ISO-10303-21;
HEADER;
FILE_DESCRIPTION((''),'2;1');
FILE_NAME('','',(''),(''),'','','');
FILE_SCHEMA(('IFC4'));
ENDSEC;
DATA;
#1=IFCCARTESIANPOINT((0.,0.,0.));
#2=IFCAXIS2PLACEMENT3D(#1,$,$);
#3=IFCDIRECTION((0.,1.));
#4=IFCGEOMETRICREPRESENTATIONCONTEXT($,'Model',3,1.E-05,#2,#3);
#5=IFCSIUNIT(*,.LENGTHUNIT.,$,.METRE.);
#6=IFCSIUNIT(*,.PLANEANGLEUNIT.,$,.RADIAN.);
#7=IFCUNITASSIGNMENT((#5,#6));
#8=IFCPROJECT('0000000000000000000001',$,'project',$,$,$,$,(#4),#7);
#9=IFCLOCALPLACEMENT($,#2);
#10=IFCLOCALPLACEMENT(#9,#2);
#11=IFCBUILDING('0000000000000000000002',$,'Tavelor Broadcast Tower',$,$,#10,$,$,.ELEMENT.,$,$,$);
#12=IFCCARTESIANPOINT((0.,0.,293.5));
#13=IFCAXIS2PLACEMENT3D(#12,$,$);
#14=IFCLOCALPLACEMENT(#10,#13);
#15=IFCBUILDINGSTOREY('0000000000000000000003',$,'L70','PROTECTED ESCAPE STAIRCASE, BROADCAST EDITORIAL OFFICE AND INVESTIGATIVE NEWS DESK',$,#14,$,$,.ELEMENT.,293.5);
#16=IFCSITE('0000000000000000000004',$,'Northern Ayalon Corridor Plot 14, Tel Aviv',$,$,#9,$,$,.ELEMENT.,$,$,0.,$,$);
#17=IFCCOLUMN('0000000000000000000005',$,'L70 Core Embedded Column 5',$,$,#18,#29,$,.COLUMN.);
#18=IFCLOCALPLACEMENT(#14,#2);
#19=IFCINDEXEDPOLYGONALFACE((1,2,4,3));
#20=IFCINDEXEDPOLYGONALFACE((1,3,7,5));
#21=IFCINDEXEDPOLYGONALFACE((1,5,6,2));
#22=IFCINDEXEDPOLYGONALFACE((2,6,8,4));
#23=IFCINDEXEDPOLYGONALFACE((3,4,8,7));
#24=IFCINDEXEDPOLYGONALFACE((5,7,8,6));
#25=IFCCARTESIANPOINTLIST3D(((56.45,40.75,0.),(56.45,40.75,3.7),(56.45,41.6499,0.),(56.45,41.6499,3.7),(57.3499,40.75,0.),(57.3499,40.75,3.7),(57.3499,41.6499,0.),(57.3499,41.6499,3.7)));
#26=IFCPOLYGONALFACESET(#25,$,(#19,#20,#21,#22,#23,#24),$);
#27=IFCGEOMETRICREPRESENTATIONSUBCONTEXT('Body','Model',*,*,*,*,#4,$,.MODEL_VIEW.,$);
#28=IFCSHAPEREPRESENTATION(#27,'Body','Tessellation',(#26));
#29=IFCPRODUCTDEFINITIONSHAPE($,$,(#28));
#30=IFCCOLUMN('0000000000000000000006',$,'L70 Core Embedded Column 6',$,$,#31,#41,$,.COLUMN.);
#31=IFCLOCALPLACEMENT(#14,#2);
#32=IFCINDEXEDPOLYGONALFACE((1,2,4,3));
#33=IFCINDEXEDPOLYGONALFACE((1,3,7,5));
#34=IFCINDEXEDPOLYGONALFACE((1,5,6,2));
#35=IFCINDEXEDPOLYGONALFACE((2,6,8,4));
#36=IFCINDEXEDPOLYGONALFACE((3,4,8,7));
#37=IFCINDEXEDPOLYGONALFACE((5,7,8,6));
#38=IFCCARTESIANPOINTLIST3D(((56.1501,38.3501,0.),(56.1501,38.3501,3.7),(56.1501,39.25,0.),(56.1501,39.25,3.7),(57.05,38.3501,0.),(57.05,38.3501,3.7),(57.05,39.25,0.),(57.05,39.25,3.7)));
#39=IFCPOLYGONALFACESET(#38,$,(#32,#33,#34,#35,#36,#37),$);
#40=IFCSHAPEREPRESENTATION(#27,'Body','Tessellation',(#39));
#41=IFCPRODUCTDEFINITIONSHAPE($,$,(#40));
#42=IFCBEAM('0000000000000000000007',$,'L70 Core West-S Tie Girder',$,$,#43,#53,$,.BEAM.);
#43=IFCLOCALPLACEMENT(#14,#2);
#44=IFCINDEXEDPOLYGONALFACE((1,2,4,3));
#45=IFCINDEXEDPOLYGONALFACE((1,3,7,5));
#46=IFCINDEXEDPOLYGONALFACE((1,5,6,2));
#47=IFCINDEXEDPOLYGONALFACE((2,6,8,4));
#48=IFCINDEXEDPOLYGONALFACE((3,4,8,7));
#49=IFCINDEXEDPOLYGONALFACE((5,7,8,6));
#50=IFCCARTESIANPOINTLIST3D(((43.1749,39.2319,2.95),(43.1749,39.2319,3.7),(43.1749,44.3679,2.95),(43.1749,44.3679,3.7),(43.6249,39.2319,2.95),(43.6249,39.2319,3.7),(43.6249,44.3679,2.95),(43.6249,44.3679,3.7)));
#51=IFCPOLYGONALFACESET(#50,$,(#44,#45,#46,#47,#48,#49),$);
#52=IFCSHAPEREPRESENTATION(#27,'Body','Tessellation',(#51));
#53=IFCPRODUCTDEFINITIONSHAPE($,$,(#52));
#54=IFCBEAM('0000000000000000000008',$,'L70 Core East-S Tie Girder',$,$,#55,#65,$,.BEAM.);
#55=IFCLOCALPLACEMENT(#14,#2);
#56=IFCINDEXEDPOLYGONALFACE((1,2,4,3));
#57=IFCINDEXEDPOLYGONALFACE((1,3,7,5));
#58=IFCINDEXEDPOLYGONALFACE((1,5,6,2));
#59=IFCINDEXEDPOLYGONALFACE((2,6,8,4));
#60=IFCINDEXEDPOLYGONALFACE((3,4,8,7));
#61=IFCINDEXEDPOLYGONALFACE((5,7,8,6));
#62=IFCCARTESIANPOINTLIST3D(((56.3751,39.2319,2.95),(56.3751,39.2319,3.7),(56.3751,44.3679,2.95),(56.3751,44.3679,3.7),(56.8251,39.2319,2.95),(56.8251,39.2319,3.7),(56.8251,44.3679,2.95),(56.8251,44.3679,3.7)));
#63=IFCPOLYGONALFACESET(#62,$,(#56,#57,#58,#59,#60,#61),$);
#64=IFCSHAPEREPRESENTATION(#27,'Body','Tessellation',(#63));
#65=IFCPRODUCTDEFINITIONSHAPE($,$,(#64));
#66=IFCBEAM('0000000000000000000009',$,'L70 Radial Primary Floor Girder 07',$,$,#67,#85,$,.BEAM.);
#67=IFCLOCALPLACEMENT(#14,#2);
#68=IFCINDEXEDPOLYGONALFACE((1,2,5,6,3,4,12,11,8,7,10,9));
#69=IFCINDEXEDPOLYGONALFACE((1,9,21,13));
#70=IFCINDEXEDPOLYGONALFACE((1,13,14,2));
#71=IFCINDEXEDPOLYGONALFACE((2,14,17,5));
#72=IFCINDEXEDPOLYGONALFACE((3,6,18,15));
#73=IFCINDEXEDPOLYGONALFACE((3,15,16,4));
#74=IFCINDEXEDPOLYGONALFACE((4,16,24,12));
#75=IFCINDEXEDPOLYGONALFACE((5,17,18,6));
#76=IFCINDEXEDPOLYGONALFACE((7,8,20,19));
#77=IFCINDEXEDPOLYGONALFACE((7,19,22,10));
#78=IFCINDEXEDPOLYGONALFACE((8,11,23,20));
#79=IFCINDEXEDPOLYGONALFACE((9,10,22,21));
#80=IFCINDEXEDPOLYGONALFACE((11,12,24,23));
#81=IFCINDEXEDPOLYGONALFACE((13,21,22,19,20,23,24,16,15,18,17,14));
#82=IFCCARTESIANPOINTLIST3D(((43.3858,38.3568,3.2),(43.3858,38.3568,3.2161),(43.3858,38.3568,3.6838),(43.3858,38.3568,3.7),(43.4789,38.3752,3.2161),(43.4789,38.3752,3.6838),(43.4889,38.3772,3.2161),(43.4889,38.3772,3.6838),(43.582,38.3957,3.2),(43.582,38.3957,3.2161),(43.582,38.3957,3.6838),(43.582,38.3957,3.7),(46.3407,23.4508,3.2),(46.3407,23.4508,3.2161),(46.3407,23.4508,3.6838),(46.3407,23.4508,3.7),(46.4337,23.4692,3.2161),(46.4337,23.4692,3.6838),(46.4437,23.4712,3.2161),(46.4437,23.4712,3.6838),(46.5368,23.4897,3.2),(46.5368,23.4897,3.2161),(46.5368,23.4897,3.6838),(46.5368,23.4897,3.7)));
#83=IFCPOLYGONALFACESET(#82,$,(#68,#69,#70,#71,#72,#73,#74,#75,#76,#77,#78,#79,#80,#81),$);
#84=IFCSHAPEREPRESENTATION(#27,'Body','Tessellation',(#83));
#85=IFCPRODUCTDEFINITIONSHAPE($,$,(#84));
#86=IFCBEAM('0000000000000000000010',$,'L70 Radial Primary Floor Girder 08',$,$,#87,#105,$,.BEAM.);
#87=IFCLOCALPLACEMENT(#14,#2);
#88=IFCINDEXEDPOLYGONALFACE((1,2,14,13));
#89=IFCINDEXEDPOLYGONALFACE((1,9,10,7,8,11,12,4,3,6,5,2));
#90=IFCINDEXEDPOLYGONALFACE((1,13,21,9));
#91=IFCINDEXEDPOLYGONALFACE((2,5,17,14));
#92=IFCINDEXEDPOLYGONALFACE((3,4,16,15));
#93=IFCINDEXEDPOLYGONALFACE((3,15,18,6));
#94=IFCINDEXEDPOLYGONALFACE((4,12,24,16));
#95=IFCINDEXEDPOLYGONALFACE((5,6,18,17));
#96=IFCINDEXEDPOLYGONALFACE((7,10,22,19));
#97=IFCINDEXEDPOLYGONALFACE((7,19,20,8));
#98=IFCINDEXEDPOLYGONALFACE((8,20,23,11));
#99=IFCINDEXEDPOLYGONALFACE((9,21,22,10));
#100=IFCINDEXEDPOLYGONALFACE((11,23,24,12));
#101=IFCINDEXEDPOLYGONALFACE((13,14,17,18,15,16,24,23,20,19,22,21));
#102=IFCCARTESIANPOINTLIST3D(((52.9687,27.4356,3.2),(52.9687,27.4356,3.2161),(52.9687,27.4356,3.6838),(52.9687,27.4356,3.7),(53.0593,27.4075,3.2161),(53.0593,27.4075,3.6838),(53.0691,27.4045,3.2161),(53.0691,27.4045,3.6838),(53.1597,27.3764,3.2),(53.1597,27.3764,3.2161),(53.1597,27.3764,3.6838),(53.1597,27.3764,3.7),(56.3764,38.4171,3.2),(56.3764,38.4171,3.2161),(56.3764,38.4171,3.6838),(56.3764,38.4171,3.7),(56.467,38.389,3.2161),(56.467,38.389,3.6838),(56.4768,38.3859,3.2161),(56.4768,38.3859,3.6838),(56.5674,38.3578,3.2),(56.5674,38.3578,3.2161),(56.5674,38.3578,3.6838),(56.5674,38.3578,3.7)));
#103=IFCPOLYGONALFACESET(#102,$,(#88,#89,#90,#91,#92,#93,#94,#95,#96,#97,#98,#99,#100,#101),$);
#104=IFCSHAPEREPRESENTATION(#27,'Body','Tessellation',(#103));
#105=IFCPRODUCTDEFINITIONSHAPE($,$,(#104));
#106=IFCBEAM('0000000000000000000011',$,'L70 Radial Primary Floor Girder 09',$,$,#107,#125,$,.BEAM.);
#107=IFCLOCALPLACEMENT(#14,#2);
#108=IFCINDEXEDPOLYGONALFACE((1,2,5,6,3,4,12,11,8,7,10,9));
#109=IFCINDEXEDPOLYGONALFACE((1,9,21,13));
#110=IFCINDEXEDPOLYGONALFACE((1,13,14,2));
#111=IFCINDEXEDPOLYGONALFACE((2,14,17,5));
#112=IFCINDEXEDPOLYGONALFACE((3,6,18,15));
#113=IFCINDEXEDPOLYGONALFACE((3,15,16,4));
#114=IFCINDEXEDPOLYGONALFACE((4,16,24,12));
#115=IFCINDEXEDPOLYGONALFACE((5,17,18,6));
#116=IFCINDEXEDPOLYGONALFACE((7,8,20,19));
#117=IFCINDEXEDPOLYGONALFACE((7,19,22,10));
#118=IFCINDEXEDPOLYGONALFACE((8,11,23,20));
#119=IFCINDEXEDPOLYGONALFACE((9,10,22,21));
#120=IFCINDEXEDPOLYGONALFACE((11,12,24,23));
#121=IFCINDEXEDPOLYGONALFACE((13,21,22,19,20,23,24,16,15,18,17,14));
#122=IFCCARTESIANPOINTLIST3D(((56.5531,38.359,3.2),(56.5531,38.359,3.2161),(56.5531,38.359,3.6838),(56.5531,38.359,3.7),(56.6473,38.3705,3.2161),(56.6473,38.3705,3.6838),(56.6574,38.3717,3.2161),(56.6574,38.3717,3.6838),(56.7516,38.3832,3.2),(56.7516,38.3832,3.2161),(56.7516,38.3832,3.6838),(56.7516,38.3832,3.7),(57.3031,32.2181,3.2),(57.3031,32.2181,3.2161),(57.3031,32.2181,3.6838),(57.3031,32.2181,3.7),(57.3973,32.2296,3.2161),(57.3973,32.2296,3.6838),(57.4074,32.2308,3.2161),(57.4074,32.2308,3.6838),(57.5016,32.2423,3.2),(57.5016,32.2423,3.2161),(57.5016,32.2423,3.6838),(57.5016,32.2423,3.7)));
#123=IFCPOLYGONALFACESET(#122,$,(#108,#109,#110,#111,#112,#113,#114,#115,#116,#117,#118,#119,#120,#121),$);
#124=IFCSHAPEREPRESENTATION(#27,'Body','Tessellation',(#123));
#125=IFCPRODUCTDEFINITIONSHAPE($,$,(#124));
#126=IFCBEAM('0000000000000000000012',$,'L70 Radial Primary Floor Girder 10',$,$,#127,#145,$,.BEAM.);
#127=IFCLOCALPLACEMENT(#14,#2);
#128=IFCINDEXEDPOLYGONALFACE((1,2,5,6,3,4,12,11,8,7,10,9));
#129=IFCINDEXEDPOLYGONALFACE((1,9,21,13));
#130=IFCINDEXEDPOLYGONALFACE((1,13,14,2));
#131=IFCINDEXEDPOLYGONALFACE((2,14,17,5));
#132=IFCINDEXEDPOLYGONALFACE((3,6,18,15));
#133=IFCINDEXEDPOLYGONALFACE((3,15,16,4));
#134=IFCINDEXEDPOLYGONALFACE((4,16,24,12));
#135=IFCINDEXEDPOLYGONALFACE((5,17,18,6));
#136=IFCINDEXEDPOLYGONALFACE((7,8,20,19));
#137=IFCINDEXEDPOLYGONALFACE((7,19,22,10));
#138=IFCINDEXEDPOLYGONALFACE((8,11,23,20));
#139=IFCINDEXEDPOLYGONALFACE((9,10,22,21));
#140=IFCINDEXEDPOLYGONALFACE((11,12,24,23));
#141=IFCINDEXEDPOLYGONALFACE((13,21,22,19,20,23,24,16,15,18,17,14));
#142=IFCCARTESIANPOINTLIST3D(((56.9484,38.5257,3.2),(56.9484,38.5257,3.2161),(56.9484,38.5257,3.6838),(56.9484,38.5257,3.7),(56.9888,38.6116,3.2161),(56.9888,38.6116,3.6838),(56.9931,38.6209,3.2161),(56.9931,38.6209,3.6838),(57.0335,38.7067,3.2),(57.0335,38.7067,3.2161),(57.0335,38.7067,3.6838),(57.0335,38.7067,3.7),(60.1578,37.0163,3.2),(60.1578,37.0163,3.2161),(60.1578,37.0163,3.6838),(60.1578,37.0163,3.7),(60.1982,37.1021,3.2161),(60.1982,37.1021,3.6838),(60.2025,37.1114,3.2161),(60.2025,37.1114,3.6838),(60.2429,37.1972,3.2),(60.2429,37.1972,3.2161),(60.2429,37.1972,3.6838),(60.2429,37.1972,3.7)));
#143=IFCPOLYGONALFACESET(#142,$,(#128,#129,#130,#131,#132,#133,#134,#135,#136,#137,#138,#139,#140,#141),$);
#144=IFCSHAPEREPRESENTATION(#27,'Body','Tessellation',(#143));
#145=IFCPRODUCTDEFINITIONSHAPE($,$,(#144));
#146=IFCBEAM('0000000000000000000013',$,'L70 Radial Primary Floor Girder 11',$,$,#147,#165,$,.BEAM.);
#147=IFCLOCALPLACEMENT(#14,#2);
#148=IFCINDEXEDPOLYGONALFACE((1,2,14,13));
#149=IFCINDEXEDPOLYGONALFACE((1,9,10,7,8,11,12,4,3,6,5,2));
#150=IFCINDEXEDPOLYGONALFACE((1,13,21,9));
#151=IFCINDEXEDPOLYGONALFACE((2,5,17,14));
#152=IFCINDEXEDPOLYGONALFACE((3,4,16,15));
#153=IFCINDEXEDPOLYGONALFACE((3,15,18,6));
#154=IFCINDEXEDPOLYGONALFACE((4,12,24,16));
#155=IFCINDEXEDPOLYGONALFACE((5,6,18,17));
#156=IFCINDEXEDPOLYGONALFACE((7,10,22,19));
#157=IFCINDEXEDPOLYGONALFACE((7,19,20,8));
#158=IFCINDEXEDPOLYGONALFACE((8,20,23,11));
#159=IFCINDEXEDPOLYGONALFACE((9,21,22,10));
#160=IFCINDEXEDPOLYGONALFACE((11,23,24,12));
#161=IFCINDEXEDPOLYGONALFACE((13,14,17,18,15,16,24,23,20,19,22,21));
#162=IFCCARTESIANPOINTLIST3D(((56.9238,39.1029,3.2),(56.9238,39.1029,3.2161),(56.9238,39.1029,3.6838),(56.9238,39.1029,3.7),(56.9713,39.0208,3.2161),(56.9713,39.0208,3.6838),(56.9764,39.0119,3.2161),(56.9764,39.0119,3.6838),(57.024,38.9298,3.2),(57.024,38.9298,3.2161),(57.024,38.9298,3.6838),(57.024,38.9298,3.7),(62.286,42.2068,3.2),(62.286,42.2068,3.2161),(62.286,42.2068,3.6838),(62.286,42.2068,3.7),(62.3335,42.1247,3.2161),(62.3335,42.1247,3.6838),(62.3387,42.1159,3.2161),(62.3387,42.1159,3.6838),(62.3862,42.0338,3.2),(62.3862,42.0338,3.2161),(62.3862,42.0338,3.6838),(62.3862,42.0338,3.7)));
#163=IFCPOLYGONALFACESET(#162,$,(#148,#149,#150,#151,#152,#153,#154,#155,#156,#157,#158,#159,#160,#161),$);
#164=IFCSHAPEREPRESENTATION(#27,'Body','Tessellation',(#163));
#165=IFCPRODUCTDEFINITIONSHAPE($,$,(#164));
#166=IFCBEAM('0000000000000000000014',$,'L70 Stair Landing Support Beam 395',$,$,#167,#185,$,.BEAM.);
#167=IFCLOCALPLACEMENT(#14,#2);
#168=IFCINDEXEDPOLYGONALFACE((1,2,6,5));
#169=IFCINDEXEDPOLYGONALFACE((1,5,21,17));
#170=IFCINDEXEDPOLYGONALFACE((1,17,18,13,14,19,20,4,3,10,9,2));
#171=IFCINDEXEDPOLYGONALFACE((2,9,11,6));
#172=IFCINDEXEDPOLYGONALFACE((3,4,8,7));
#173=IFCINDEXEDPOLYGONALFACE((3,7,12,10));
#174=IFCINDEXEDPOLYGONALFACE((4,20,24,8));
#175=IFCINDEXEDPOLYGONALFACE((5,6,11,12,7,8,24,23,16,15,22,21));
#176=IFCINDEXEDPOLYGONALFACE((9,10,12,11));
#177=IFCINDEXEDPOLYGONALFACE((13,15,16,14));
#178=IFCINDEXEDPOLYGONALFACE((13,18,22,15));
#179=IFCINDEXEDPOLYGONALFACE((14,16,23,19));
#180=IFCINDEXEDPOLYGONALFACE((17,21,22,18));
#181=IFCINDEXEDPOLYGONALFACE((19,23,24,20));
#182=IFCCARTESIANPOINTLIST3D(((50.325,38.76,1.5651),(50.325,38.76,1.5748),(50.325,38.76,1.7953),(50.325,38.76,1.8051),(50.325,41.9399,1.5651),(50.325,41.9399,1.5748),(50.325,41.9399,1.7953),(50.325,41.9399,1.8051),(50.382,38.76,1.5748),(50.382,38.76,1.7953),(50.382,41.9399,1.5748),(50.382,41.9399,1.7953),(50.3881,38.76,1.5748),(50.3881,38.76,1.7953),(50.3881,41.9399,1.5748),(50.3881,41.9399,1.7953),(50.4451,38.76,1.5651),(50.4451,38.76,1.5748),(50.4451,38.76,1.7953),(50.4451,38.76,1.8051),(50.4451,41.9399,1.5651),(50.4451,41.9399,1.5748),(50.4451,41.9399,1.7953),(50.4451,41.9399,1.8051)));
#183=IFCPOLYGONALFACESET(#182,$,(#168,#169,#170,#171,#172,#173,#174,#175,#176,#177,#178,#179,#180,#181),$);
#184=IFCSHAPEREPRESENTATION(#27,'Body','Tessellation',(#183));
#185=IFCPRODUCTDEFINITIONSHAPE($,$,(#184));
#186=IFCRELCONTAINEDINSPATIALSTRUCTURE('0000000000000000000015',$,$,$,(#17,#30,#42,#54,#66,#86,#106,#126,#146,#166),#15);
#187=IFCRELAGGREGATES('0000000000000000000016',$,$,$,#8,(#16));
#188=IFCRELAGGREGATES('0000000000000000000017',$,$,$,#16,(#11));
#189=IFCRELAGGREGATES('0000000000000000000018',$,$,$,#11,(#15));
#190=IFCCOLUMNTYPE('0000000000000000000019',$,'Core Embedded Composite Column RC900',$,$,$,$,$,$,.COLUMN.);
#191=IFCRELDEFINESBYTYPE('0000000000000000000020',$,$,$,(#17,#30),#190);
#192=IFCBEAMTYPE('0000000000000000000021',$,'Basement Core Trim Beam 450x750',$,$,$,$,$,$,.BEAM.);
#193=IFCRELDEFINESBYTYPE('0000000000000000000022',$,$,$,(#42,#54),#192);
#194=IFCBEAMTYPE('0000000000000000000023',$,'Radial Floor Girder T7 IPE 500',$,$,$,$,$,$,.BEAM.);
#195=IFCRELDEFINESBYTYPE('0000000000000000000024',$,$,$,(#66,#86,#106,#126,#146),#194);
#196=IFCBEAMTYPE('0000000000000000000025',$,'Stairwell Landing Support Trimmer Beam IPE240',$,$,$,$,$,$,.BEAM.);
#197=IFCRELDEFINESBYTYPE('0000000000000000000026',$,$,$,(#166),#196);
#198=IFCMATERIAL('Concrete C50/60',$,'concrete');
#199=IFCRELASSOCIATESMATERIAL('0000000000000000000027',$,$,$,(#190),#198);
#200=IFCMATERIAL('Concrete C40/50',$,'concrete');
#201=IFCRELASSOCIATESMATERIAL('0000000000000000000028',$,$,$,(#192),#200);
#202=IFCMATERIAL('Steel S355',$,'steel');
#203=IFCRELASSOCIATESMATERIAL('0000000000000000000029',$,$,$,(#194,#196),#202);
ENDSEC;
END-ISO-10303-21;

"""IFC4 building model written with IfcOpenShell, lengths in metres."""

from ifc_helpers import new_model, si_unit, direction, frame, origin, origin_2d, place, context, subcontext, project, spatial, rectangle, i_section, extrude, material, material_profile, profile_set, type_object, element, save


model = new_model("IFC4")

# Units and contexts
model_context = context("Model", 3, precision=1e-05, world=origin(), true_north=direction((0.0, 1.0)))
body_context = subcontext(model_context, "Body", "Model", "MODEL_VIEW")
ifc_project = project(units=[si_unit("LENGTHUNIT", "METRE"), si_unit("PLANEANGLEUNIT", "RADIAN")], contexts=[model_context])

# Site, building, storey
site_placement = place(None, origin())
site = spatial("IfcSite", under=ifc_project, at=site_placement, Name="Northern Ayalon Corridor Plot 14, Tel Aviv", CompositionType="ELEMENT", RefElevation=0.0)
building_placement = place(site_placement, origin())
building = spatial("IfcBuilding", under=site, at=building_placement, Name="Tavelor Broadcast Tower", CompositionType="ELEMENT")
storey_placement = place(building_placement, frame((0.0, 0.0, 293.5)))
storey = spatial("IfcBuildingStorey", under=building, at=storey_placement, Name="L70", Description="PROTECTED ESCAPE STAIRCASE, BROADCAST EDITORIAL OFFICE AND INVESTIGATIVE NEWS DESK", CompositionType="ELEMENT", Elevation=293.5)

# Columns
ifc_material_1 = material(Name="Concrete C50/60", Category="concrete")
ifc_material_profile_1 = material_profile(ifc_material_1, rectangle(XDim=0.8999, YDim=0.8999, at=origin_2d()), Name="RC 900x900")
ifc_profile_set_1 = profile_set([ifc_material_profile_1], Name="Concrete C50/60")
column_type = type_object("IfcColumnType", Name="Core Embedded Composite Column RC900", PredefinedType="COLUMN", material=ifc_profile_set_1)
for number, where, z_axis, x_axis, name in (
    (1, (56.8999, 41.2, 0.0), (0.0, 0.0, 1.0), (1.0, 0.0, 0.0), "L70 Core Embedded Column 5"),
    (2, (56.6001, 38.8, 0.0), (0.0, 0.0, 1.0), (1.0, 0.0, 0.0), "L70 Core Embedded Column 6"),
):
    element("IfcColumn", number, at=place(storey_placement, frame(where, z_axis=z_axis, x_axis=x_axis)), inside=storey, type_object=column_type, Name=name, PredefinedType="COLUMN", context=body_context, shape_type="SweptSolid", body=[
        extrude(rectangle(XDim=0.8999, YDim=0.8999, at=origin_2d()), origin(), (0.0, 0.0, 1.0), 3.7),
    ])

# Beams
ifc_material_2 = material(Name="Concrete C40/50", Category="concrete")
ifc_material_profile_2 = material_profile(ifc_material_2, rectangle(XDim=0.45, YDim=0.75, at=origin_2d()), Name="RC 450x750")
ifc_profile_set_2 = profile_set([ifc_material_profile_2], Name="Concrete C40/50")
beam_type_1 = type_object("IfcBeamType", Name="Basement Core Trim Beam 450x750", PredefinedType="BEAM", material=ifc_profile_set_2)
for number, where, z_axis, x_axis, name in (
    (3, (43.3999, 39.2319, 3.325), (0.0, 1.0, 0.0), (-1.0, 0.0, 0.0), "L70 Core West-S Tie Girder"),
    (4, (56.6001, 39.2319, 3.325), (0.0, 1.0, 0.0), (-1.0, 0.0, 0.0), "L70 Core East-S Tie Girder"),
):
    element("IfcBeam", number, at=place(storey_placement, frame(where, z_axis=z_axis, x_axis=x_axis)), inside=storey, type_object=beam_type_1, Name=name, PredefinedType="BEAM", context=body_context, shape_type="SweptSolid", body=[
        extrude(rectangle(XDim=0.45, YDim=0.75, at=origin_2d()), origin(), (0.0, 0.0, 1.0), 5.136),
    ])
ifc_material_3 = material(Name="Steel S355", Category="steel")
ifc_material_profile_3 = material_profile(ifc_material_3, i_section(OverallWidth=0.2, OverallDepth=0.5, WebThickness=0.0103, FlangeThickness=0.0161, at=origin_2d()), Name="IPE 500")
ifc_profile_set_3 = profile_set([ifc_material_profile_3], Name="Steel S355")
beam_type_2 = type_object("IfcBeamType", Name="Radial Floor Girder T7 IPE 500", PredefinedType="BEAM", material=ifc_profile_set_3)
beam_1_placement = place(storey_placement, frame((43.4839, 38.3762, 3.45), z_axis=(0.194447, -0.980913, 0.0), x_axis=(0.980913, 0.194447, 0.0)))
element("IfcBeam", 5, at=beam_1_placement, inside=storey, type_object=beam_type_2, Name="L70 Radial Primary Floor Girder 07", PredefinedType="BEAM", context=body_context, shape_type="SweptSolid", body=[
    extrude(i_section(OverallWidth=0.2, OverallDepth=0.5, WebThickness=0.0103, FlangeThickness=0.0161, at=origin_2d()), origin(), (0.0, 0.0, 1.0), 15.196),
])
beam_2_placement = place(storey_placement, frame((56.4719, 38.3875, 3.45), z_axis=(-0.296374, -0.955072, 0.0), x_axis=(0.955072, -0.296374, 0.0)))
element("IfcBeam", 6, at=beam_2_placement, inside=storey, type_object=beam_type_2, Name="L70 Radial Primary Floor Girder 08", PredefinedType="BEAM", context=body_context, shape_type="SweptSolid", body=[
    extrude(i_section(OverallWidth=0.2, OverallDepth=0.5, WebThickness=0.0103, FlangeThickness=0.0161, at=origin_2d()), origin(), (0.0, 0.0, 1.0), 11.498),
])
beam_3_placement = place(storey_placement, frame((56.6523, 38.3711, 3.45), z_axis=(0.121232, -0.992624, 0.0), x_axis=(0.992624, 0.121232, 0.0)))
element("IfcBeam", 7, at=beam_3_placement, inside=storey, type_object=beam_type_2, Name="L70 Radial Primary Floor Girder 09", PredefinedType="BEAM", context=body_context, shape_type="SweptSolid", body=[
    extrude(i_section(OverallWidth=0.2, OverallDepth=0.5, WebThickness=0.0103, FlangeThickness=0.0161, at=origin_2d()), origin(), (0.0, 0.0, 1.0), 6.1865),
])
beam_4_placement = place(storey_placement, frame((56.991, 38.6162, 3.45), z_axis=(0.904908, -0.425608, 0.0), x_axis=(0.425608, 0.904908, 0.0)))
element("IfcBeam", 8, at=beam_4_placement, inside=storey, type_object=beam_type_2, Name="L70 Radial Primary Floor Girder 10", PredefinedType="BEAM", context=body_context, shape_type="SweptSolid", body=[
    extrude(i_section(OverallWidth=0.2, OverallDepth=0.5, WebThickness=0.0103, FlangeThickness=0.0161, at=origin_2d()), origin(), (0.0, 0.0, 1.0), 3.5466),
])
beam_5_placement = place(storey_placement, frame((56.9739, 39.0164, 3.45), z_axis=(0.86546, 0.500977, 0.0), x_axis=(-0.500977, 0.86546, 0.0)))
element("IfcBeam", 9, at=beam_5_placement, inside=storey, type_object=beam_type_2, Name="L70 Radial Primary Floor Girder 11", PredefinedType="BEAM", context=body_context, shape_type="SweptSolid", body=[
    extrude(i_section(OverallWidth=0.2, OverallDepth=0.5, WebThickness=0.0103, FlangeThickness=0.0161, at=origin_2d()), origin(), (0.0, 0.0, 1.0), 6.1958),
])
ifc_material_profile_4 = material_profile(ifc_material_3, i_section(OverallWidth=0.1201, OverallDepth=0.24, WebThickness=0.0061, FlangeThickness=0.0098, at=origin_2d()), Name="IPE 240")
ifc_profile_set_4 = profile_set([ifc_material_profile_4], Name="Steel S355")
beam_type_3 = type_object("IfcBeamType", Name="Stairwell Landing Support Trimmer Beam IPE240", PredefinedType="BEAM", material=ifc_profile_set_4)
for number, where, z_axis, x_axis, name in (
    (10, (50.385, 38.76, 1.6851), (0.0, 1.0, 0.0), (-1.0, 0.0, 0.0), "L70 Stair Landing Support Beam 395"),
):
    element("IfcBeam", number, at=place(storey_placement, frame(where, z_axis=z_axis, x_axis=x_axis)), inside=storey, type_object=beam_type_3, Name=name, PredefinedType="BEAM", context=body_context, shape_type="SweptSolid", body=[
        extrude(i_section(OverallWidth=0.1201, OverallDepth=0.24, WebThickness=0.0061, FlangeThickness=0.0098, at=origin_2d()), origin(), (0.0, 0.0, 1.0), 3.1799),
    ])

save(model, "model.ifc")
